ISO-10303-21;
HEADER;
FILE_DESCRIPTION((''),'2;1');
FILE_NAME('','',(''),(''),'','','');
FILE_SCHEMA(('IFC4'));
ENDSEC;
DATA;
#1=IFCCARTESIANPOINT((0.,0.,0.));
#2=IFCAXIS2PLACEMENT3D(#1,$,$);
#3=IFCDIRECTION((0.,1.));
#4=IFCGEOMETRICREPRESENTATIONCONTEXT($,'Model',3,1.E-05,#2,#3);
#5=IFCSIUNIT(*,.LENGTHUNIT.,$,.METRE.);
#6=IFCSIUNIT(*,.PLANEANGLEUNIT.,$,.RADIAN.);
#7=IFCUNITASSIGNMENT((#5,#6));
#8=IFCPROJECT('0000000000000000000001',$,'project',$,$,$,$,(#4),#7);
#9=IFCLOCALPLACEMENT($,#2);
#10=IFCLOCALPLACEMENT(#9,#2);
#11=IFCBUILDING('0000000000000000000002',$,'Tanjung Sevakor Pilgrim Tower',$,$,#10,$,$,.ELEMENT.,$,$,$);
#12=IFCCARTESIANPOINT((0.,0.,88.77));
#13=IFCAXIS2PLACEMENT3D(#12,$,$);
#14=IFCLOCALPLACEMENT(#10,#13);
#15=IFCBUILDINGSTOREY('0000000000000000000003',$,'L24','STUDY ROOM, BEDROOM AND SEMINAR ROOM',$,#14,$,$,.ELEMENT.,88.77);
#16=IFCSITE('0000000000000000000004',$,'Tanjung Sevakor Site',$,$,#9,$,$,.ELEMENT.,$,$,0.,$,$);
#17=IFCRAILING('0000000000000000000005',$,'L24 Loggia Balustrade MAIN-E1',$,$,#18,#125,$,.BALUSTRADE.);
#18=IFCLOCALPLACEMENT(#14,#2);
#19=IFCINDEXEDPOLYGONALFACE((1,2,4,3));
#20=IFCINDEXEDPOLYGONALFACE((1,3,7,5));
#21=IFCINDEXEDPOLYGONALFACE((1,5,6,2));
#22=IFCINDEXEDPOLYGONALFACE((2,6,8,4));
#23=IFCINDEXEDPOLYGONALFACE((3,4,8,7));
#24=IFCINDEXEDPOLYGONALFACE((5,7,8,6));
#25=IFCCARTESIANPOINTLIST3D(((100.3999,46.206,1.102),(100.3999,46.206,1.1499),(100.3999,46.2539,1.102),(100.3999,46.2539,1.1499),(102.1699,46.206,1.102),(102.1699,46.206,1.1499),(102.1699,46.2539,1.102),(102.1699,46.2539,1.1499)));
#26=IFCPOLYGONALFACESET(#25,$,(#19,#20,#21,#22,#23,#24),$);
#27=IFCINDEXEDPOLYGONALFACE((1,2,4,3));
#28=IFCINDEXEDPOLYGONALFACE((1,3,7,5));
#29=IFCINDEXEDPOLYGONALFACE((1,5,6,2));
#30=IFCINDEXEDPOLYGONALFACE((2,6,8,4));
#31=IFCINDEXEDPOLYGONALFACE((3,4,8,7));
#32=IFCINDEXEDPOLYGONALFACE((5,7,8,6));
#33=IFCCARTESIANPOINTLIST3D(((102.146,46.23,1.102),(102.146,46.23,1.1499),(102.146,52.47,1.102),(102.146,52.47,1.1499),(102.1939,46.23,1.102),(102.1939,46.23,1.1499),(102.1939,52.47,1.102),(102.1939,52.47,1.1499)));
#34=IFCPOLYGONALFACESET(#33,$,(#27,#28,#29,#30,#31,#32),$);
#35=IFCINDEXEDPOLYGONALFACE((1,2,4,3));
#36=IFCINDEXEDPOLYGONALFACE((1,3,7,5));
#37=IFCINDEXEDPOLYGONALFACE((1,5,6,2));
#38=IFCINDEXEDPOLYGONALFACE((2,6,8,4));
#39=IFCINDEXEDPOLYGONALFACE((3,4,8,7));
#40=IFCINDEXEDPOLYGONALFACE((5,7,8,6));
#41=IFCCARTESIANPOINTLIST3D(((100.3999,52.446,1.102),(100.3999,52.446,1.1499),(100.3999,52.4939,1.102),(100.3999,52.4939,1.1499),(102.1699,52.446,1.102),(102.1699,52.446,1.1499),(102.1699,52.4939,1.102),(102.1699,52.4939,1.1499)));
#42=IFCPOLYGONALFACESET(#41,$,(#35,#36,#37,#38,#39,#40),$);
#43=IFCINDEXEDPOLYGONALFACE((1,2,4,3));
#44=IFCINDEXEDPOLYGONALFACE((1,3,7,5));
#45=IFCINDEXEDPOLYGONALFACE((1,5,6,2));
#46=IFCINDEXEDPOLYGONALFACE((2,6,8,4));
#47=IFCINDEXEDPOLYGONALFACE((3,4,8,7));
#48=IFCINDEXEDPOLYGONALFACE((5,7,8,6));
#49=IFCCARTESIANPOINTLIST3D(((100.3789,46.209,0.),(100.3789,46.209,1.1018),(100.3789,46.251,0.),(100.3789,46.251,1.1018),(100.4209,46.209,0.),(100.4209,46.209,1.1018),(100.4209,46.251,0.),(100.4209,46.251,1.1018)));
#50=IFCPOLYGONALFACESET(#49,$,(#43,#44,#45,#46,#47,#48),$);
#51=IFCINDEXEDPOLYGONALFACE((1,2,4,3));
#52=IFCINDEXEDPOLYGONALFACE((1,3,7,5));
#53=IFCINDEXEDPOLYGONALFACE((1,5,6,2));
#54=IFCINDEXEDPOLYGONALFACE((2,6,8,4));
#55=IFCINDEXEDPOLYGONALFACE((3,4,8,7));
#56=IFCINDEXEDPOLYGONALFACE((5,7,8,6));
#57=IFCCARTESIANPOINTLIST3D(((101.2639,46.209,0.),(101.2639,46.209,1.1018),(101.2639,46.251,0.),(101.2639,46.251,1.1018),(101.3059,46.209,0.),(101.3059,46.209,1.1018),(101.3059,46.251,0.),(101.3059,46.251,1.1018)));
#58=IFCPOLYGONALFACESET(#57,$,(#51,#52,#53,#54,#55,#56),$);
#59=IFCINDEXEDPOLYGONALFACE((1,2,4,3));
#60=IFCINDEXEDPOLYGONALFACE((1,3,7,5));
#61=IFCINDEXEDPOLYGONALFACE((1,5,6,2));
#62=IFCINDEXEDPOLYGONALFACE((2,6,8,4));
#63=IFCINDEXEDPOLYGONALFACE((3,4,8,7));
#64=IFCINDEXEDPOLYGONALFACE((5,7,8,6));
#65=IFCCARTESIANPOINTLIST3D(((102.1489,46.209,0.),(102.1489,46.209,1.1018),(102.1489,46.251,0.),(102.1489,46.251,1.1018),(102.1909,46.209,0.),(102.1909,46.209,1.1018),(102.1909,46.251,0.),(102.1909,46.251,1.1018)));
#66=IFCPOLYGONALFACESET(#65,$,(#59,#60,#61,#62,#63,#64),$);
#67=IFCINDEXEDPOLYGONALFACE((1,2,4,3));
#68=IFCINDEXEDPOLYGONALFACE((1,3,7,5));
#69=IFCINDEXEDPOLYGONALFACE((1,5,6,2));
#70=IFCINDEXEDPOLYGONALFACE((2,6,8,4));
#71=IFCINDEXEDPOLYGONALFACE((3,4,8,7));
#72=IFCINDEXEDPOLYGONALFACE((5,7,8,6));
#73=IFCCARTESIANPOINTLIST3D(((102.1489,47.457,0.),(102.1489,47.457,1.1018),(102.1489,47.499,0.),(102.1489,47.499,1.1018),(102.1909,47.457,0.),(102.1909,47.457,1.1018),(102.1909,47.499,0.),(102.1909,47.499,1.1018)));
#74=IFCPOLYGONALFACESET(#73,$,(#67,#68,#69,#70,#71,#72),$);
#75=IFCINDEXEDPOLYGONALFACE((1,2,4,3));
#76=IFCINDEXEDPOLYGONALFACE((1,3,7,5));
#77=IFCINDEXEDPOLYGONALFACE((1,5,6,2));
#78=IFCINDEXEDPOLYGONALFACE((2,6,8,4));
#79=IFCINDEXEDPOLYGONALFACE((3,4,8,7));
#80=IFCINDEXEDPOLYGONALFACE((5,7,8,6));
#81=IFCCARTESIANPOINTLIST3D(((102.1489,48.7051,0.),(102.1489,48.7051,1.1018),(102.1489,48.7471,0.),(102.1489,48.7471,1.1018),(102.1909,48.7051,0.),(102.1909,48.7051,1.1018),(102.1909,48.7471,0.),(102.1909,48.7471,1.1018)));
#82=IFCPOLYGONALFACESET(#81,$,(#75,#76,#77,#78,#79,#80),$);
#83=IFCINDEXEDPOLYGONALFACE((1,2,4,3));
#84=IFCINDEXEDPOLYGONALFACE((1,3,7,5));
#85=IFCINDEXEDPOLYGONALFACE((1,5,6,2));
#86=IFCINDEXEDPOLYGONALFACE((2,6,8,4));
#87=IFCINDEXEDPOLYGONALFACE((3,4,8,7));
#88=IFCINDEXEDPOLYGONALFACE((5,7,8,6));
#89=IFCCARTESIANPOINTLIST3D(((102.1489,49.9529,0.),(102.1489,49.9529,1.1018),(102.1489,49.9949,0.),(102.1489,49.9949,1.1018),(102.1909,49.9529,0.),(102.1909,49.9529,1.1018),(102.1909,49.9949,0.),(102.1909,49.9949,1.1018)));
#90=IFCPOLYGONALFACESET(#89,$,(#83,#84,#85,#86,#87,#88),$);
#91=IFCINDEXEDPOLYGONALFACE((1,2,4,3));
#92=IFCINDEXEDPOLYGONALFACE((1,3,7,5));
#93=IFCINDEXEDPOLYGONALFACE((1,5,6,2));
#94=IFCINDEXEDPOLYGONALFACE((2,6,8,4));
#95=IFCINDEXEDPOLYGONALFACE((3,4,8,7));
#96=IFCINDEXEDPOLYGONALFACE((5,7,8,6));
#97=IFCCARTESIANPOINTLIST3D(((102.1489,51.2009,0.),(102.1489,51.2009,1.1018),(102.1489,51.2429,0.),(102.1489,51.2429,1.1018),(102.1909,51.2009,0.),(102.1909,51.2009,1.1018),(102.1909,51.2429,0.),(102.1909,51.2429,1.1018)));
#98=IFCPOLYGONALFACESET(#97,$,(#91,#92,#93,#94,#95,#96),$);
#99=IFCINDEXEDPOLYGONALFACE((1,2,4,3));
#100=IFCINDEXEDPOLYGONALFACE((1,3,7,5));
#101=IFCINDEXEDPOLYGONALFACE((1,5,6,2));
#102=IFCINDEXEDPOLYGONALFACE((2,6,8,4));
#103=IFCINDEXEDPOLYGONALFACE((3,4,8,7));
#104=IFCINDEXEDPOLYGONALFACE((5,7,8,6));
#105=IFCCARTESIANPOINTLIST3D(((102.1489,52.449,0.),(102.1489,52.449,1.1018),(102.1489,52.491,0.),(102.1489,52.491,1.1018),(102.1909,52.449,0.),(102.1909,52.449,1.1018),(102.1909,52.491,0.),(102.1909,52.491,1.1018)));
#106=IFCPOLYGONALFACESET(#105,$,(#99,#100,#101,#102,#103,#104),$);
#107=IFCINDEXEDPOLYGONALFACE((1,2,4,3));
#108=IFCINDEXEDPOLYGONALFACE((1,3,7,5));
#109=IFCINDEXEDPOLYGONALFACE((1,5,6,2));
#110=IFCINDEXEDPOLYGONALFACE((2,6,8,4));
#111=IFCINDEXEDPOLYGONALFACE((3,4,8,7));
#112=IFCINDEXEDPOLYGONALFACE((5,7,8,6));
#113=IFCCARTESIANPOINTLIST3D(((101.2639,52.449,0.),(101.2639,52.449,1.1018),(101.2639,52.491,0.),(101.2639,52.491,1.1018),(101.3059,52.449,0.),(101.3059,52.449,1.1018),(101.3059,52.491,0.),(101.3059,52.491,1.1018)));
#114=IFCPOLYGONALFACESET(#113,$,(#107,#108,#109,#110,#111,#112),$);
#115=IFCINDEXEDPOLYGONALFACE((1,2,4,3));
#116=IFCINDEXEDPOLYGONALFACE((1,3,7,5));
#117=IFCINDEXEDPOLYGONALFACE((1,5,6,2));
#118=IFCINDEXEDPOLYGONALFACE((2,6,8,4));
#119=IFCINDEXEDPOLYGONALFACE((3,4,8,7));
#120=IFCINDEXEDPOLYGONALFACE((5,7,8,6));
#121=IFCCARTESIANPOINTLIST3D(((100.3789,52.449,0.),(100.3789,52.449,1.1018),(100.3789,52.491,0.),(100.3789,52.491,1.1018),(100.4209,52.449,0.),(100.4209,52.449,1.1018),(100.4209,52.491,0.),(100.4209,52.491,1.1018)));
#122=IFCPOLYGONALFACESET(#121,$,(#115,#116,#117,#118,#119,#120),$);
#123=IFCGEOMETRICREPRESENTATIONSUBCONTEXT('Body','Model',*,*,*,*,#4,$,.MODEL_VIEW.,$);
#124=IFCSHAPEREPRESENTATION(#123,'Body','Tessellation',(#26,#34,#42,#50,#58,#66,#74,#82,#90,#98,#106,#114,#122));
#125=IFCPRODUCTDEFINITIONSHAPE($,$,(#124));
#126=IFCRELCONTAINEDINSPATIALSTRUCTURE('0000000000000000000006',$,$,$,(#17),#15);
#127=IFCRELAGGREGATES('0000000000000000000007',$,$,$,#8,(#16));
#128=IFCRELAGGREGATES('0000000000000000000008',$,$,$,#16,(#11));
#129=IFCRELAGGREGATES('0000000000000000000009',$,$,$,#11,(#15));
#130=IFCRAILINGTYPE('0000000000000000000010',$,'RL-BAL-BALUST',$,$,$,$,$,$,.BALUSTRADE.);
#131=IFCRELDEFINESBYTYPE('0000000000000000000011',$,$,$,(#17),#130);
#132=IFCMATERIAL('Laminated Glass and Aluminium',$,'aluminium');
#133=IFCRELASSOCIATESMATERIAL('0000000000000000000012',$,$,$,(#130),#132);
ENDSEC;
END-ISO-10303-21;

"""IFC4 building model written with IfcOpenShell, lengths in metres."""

from ifc_helpers import new_model, si_unit, direction, frame, origin, place, context, subcontext, project, spatial, rectangle, extrude, material, type_object, element, save


model = new_model("IFC4")

# Units and contexts
model_context = context("Model", 3, precision=1e-05, world=origin(), true_north=direction((0.0, 1.0)))
body_context = subcontext(model_context, "Body", "Model", "MODEL_VIEW")
ifc_project = project(units=[si_unit("LENGTHUNIT", "METRE"), si_unit("PLANEANGLEUNIT", "RADIAN")], contexts=[model_context])

# Site, building, storey
site_placement = place(None, origin())
site = spatial("IfcSite", under=ifc_project, at=site_placement, Name="Tanjung Sevakor Site", CompositionType="ELEMENT", RefElevation=0.0)
building_placement = place(site_placement, origin())
building = spatial("IfcBuilding", under=site, at=building_placement, Name="Tanjung Sevakor Pilgrim Tower", CompositionType="ELEMENT")
storey_placement = place(building_placement, frame((0.0, 0.0, 88.77)))
storey = spatial("IfcBuildingStorey", under=building, at=storey_placement, Name="L24", Description="STUDY ROOM, BEDROOM AND SEMINAR ROOM", CompositionType="ELEMENT", Elevation=88.77)

# Railing
ifc_material_1 = material(Name="Laminated Glass and Aluminium", Category="aluminium")
railing_type = type_object("IfcRailingType", Name="RL-BAL-BALUST", PredefinedType="BALUSTRADE", material=ifc_material_1)
railing_placement = place(storey_placement, frame((100.3999, 46.23, 0.0)))
element("IfcRailing", 1, at=railing_placement, inside=storey, type_object=railing_type, Name="L24 Loggia Balustrade MAIN-E1", PredefinedType="BALUSTRADE", context=body_context, shape_type="SweptSolid", body=[
    extrude(rectangle(XDim=0.0479, YDim=0.0479), frame((0.0, 0.0, 1.126), z_axis=(1.0, 0.0, 0.0), x_axis=(0.0, 1.0, 0.0)), (0.0, 0.0, 1.0), 1.77),
    extrude(rectangle(XDim=0.0479, YDim=0.0479), frame((1.77, 0.0, 1.126), z_axis=(0.0, 1.0, 0.0), x_axis=(-1.0, 0.0, 0.0)), (0.0, 0.0, 1.0), 6.24),
    extrude(rectangle(XDim=0.0479, YDim=0.0479), frame((1.77, 6.24, 1.126), z_axis=(-1.0, 0.0, 0.0), x_axis=(0.0, -1.0, 0.0)), (0.0, 0.0, 1.0), 1.77),
    extrude(rectangle(XDim=0.042, YDim=0.042), origin(), (0.0, 0.0, 1.0), 1.1018),
    extrude(rectangle(XDim=0.042, YDim=0.042), frame((0.885, 0.0, 0.0)), (0.0, 0.0, 1.0), 1.1018),
    extrude(rectangle(XDim=0.042, YDim=0.042), frame((1.77, 0.0, 0.0)), (0.0, 0.0, 1.0), 1.1018),
    extrude(rectangle(XDim=0.042, YDim=0.042), frame((1.77, 1.248, 0.0)), (0.0, 0.0, 1.0), 1.1018),
    extrude(rectangle(XDim=0.042, YDim=0.042), frame((1.77, 2.4961, 0.0)), (0.0, 0.0, 1.0), 1.1018),
    extrude(rectangle(XDim=0.042, YDim=0.042), frame((1.77, 3.7439, 0.0)), (0.0, 0.0, 1.0), 1.1018),
    extrude(rectangle(XDim=0.042, YDim=0.042), frame((1.77, 4.9919, 0.0)), (0.0, 0.0, 1.0), 1.1018),
    extrude(rectangle(XDim=0.042, YDim=0.042), frame((1.77, 6.24, 0.0)), (0.0, 0.0, 1.0), 1.1018),
    extrude(rectangle(XDim=0.042, YDim=0.042), frame((0.885, 6.24, 0.0)), (0.0, 0.0, 1.0), 1.1018),
    extrude(rectangle(XDim=0.042, YDim=0.042), frame((0.0, 6.24, 0.0)), (0.0, 0.0, 1.0), 1.1018),
])

save(model, "model.ifc")
